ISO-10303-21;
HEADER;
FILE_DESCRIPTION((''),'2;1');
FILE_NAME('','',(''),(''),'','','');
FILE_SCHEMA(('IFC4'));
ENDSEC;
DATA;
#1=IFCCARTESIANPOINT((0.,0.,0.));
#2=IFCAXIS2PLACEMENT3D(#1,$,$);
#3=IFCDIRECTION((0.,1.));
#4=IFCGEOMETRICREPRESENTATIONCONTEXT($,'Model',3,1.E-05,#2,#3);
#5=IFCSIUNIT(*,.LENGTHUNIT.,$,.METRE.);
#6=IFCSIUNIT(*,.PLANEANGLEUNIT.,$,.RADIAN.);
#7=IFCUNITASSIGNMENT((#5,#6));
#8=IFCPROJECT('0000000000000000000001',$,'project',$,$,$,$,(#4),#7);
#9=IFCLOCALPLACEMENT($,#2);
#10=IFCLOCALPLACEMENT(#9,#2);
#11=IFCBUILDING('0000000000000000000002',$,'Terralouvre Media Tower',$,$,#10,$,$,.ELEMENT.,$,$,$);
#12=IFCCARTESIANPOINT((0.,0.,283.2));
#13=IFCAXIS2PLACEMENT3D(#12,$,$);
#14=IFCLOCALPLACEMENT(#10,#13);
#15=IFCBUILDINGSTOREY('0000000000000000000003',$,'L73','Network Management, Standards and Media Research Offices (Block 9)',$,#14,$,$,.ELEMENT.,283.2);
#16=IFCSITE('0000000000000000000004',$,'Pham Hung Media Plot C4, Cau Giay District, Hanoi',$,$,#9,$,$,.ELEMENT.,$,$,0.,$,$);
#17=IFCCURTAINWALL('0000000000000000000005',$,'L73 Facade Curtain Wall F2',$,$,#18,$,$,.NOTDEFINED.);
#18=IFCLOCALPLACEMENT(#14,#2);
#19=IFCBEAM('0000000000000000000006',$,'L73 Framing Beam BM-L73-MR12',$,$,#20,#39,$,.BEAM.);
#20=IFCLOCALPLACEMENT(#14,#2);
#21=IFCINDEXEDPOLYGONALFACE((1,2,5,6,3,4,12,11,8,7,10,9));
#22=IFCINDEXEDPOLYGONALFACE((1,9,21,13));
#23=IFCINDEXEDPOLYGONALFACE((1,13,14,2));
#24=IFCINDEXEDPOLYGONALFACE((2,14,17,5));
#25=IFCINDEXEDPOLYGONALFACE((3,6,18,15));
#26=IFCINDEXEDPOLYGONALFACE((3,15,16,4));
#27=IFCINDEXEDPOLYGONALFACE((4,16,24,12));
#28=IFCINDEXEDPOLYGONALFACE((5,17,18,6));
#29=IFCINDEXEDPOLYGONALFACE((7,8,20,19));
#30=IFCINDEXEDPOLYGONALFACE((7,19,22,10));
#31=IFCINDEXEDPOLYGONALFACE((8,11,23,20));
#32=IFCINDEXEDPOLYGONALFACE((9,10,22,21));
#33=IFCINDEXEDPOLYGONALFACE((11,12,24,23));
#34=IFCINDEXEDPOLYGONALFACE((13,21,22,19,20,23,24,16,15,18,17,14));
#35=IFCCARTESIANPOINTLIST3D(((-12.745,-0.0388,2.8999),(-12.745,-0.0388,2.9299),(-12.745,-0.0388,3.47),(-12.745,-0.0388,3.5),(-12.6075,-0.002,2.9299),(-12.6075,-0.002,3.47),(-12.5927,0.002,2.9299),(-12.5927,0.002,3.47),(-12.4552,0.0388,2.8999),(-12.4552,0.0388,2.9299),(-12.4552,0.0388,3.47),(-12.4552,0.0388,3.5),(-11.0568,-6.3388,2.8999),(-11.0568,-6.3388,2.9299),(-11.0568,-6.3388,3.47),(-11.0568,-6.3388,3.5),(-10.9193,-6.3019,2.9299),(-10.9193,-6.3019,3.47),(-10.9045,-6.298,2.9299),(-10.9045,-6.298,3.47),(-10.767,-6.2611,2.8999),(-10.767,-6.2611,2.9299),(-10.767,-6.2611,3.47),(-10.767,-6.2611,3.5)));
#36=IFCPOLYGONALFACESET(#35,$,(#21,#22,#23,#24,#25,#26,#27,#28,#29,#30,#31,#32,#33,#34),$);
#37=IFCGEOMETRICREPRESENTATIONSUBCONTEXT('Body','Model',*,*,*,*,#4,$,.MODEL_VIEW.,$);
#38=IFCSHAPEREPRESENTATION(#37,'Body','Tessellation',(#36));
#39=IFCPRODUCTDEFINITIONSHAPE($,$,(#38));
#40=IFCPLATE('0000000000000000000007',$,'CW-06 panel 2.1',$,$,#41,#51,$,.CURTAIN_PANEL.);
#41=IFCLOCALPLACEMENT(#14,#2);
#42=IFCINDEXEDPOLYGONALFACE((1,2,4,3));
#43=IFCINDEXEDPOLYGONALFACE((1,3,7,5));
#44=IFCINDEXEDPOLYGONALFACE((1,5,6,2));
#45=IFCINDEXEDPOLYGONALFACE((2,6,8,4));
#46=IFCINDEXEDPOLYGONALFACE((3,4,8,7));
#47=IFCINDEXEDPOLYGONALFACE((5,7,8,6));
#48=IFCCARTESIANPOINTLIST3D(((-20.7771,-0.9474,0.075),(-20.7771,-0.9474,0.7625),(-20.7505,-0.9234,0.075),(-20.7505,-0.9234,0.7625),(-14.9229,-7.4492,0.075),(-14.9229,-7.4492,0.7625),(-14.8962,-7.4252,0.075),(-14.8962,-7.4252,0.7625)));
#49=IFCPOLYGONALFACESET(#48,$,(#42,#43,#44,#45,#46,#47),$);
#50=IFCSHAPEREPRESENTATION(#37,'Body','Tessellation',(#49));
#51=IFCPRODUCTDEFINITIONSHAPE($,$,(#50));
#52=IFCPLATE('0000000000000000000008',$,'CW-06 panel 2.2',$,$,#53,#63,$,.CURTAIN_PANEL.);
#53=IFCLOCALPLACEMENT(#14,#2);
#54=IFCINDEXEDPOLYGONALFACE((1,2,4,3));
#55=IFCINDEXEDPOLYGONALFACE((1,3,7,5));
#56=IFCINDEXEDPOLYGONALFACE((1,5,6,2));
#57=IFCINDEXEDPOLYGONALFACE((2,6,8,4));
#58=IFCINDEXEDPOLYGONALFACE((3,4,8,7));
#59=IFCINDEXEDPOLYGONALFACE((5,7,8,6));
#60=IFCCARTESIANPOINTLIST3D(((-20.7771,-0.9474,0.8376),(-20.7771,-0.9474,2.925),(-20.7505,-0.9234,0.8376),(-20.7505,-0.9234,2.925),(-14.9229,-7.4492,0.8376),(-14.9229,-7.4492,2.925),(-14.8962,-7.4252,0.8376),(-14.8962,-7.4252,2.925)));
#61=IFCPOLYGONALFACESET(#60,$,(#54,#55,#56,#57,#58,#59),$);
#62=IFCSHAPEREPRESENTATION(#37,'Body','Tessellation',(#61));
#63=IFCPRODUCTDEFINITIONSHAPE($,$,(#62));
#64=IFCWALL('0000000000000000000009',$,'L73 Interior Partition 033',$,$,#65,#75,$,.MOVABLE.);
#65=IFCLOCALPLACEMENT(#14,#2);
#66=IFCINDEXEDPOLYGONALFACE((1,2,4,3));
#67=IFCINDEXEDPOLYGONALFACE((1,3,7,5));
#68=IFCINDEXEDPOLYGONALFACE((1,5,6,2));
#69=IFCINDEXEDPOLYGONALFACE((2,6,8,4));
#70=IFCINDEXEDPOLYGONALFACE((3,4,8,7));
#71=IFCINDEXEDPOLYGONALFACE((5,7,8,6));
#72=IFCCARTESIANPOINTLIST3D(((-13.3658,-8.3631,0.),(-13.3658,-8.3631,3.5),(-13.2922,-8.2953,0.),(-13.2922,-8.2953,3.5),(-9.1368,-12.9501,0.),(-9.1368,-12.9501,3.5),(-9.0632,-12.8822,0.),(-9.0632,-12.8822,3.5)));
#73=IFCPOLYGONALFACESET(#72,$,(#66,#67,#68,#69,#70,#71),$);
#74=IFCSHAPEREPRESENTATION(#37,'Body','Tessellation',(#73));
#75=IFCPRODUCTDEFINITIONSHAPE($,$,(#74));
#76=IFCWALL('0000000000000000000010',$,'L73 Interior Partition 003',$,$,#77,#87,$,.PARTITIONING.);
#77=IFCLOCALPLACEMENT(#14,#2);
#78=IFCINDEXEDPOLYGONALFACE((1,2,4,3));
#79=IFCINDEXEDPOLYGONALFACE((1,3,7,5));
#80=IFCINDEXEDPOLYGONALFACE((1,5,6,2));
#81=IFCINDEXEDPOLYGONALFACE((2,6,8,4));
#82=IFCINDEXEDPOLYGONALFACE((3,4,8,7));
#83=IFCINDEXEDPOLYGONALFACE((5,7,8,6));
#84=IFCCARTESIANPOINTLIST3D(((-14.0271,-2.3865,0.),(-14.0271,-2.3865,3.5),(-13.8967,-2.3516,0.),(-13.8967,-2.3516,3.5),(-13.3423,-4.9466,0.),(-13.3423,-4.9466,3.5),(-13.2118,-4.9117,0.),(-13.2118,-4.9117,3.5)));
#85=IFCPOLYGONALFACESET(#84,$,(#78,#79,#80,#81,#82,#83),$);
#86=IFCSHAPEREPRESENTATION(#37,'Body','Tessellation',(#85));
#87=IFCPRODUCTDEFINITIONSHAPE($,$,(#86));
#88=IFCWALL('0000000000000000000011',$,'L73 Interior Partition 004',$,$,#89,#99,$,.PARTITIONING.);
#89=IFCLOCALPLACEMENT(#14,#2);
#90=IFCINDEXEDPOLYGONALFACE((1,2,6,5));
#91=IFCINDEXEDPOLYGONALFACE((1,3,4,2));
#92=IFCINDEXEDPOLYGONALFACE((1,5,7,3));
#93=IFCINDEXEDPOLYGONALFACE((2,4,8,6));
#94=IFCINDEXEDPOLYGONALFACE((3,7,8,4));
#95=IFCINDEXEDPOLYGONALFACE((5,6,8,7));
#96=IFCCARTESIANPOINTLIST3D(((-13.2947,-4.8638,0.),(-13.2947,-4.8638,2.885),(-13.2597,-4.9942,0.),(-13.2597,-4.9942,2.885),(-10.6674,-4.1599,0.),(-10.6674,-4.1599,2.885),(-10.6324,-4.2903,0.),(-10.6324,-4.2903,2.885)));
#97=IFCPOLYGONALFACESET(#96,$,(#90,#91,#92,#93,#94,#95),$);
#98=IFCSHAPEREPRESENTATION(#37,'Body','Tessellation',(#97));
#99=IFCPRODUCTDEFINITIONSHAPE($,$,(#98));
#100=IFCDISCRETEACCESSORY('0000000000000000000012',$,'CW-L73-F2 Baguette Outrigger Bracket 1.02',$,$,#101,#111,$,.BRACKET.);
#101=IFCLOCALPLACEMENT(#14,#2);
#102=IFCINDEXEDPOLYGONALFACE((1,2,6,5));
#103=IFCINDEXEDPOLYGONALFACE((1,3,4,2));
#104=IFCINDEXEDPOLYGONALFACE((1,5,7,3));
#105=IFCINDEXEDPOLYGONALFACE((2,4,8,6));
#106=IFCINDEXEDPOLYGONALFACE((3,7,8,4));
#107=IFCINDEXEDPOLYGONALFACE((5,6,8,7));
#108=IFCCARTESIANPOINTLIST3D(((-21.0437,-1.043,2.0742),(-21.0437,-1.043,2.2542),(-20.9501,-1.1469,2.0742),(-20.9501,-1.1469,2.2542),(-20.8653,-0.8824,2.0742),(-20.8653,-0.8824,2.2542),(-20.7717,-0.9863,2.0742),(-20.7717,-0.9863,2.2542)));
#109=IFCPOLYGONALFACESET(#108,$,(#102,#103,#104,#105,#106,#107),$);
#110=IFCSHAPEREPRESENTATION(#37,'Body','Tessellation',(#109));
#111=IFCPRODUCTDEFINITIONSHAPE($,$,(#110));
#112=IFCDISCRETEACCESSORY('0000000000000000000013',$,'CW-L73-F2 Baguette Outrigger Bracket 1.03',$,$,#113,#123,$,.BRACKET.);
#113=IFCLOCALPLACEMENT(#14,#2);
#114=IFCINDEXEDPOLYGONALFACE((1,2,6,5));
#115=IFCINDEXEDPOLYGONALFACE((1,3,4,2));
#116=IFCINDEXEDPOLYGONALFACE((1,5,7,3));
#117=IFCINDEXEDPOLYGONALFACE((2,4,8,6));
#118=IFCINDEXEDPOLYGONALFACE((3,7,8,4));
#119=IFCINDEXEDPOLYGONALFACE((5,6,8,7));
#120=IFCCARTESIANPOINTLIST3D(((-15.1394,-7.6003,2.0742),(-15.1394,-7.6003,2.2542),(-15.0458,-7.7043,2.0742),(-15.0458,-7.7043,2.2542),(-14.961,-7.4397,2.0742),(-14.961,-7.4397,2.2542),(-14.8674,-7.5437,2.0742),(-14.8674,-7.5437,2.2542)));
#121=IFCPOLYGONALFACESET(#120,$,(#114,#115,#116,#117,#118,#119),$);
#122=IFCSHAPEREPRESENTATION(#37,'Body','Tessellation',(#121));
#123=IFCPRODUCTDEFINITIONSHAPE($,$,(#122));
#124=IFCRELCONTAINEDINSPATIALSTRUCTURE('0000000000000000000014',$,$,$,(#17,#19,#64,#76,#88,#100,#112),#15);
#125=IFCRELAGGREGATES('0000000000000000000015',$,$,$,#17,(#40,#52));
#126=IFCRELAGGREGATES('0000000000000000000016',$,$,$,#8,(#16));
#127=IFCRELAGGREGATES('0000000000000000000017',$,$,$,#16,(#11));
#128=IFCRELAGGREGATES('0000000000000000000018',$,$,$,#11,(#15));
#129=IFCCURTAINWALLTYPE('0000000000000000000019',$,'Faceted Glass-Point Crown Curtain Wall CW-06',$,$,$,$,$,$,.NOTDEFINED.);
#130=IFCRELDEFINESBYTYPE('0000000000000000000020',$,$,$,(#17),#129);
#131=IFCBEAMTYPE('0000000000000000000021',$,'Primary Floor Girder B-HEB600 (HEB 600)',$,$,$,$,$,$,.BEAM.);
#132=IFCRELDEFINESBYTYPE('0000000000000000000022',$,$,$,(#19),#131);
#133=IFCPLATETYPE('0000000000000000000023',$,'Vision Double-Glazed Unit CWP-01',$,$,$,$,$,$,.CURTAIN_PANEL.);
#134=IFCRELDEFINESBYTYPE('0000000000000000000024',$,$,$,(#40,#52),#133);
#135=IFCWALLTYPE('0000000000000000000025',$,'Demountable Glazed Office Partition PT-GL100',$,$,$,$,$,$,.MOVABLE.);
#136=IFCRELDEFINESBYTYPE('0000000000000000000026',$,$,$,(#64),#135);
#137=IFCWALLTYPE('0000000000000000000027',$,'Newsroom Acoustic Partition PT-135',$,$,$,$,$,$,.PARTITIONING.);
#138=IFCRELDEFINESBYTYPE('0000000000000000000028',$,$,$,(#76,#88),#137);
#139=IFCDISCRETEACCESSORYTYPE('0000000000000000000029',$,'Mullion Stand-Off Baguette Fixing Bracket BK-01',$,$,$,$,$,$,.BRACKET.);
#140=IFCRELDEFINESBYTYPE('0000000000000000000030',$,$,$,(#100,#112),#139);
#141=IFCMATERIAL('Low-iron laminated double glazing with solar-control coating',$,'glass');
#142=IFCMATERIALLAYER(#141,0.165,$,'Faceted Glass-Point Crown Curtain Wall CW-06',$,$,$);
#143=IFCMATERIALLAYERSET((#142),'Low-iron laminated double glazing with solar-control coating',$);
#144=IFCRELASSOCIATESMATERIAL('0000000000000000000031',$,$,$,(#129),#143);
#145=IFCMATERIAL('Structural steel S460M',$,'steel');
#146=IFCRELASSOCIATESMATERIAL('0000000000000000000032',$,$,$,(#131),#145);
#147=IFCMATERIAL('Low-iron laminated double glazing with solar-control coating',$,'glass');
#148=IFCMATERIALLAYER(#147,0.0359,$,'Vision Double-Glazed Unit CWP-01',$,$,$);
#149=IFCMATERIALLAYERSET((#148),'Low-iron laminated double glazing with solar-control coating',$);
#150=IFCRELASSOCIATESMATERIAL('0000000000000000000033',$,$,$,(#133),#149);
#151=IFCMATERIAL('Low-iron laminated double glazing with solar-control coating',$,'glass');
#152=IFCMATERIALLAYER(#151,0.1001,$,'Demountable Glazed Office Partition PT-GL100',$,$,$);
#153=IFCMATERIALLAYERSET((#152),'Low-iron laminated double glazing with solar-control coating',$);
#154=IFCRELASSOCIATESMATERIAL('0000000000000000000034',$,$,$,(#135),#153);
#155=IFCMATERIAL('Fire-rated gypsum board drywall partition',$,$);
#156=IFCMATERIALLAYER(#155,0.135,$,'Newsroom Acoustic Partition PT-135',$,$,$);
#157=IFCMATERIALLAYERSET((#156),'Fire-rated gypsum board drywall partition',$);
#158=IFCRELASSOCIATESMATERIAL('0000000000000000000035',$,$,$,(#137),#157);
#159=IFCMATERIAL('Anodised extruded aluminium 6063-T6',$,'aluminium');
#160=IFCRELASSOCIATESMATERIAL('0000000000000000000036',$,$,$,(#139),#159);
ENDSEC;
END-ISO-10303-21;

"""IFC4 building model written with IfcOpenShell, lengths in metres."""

from ifc_helpers import new_model, si_unit, direction, frame, frame_2d, origin, origin_2d, place, context, subcontext, project, spatial, rectangle, i_section, extrude, material, layer, layer_set, material_profile, profile_set, type_object, element, aggregate, save


model = new_model("IFC4")

# Units and contexts
model_context = context("Model", 3, precision=1e-05, world=origin(), true_north=direction((0.0, 1.0)))
body_context = subcontext(model_context, "Body", "Model", "MODEL_VIEW")
ifc_project = project(units=[si_unit("LENGTHUNIT", "METRE"), si_unit("PLANEANGLEUNIT", "RADIAN")], contexts=[model_context])

# Site, building, storey
site_placement = place(None, origin())
site = spatial("IfcSite", under=ifc_project, at=site_placement, Name="Pham Hung Media Plot C4, Cau Giay District, Hanoi", CompositionType="ELEMENT", RefElevation=0.0)
building_placement = place(site_placement, origin())
building = spatial("IfcBuilding", under=site, at=building_placement, Name="Terralouvre Media Tower", CompositionType="ELEMENT")
storey_placement = place(building_placement, frame((0.0, 0.0, 283.2)))
storey = spatial("IfcBuildingStorey", under=building, at=storey_placement, Name="L73", Description="Network Management, Standards and Media Research Offices (Block 9)", CompositionType="ELEMENT", Elevation=283.2)

# Curtain wall
ifc_material_1 = material(Name="Low-iron laminated double glazing with solar-control coating", Category="glass")
ifc_layer_1 = layer(ifc_material_1, 0.165, Name="Faceted Glass-Point Crown Curtain Wall CW-06")
ifc_layer_set_1 = layer_set([ifc_layer_1], Name="Low-iron laminated double glazing with solar-control coating")
curtain_wall_type = type_object("IfcCurtainWallType", Name="Faceted Glass-Point Crown Curtain Wall CW-06", PredefinedType="NOTDEFINED", material=ifc_layer_set_1)
curtain_wall_placement = place(storey_placement, origin())
curtain_wall = element("IfcCurtainWall", 1, at=curtain_wall_placement, inside=storey, type_object=curtain_wall_type, Name="L73 Facade Curtain Wall F2", PredefinedType="NOTDEFINED")

# Beam
ifc_material_2 = material(Name="Structural steel S460M", Category="steel")
ifc_material_profile_1 = material_profile(ifc_material_2, i_section(OverallWidth=0.3, OverallDepth=0.6001, WebThickness=0.0154, FlangeThickness=0.03, at=origin_2d()), Name="HEB 600")
ifc_profile_set_1 = profile_set([ifc_material_profile_1], Name="Structural steel S460M")
beam_type_1 = type_object("IfcBeamType", Name="Primary Floor Girder B-HEB600 (HEB 600)", PredefinedType="BEAM", material=ifc_profile_set_1)
beam_placement = place(storey_placement, frame((-12.6001, 0.0, 3.2), z_axis=(0.258839, -0.96592, 0.0), x_axis=(0.96592, 0.258839, 0.0)))
element("IfcBeam", 2, at=beam_placement, inside=storey, type_object=beam_type_1, Name="L73 Framing Beam BM-L73-MR12", PredefinedType="BEAM", context=body_context, shape_type="SweptSolid", body=[
    extrude(i_section(OverallWidth=0.3, OverallDepth=0.6001, WebThickness=0.0154, FlangeThickness=0.03, at=origin_2d()), origin(), (0.0, 0.0, 1.0), 6.5222),
])

# Plates
ifc_material_3 = material(Name="Low-iron laminated double glazing with solar-control coating", Category="glass")
ifc_layer_2 = layer(ifc_material_3, 0.0359, Name="Vision Double-Glazed Unit CWP-01")
ifc_layer_set_2 = layer_set([ifc_layer_2], Name="Low-iron laminated double glazing with solar-control coating")
plate_type = type_object("IfcPlateType", Name="Vision Double-Glazed Unit CWP-01", PredefinedType="CURTAIN_PANEL", material=ifc_layer_set_2)
plate_1_placement = place(storey_placement, frame((-17.8367, -4.1863, 0.075), z_axis=(0.0, 0.0, 1.0), x_axis=(0.669131, -0.743145, 0.0)))
plate_1 = element("IfcPlate", 3, at=plate_1_placement, type_object=plate_type, Name="CW-06 panel 2.1", PredefinedType="CURTAIN_PANEL", context=body_context, shape_type="SweptSolid", body=[
    extrude(rectangle(XDim=8.749, YDim=0.0359, at=origin_2d()), origin(), (0.0, 0.0, 1.0), 0.6875),
])
plate_2_placement = place(storey_placement, frame((-17.8367, -4.1863, 0.8376), z_axis=(0.0, 0.0, 1.0), x_axis=(0.669131, -0.743145, 0.0)))
plate_2 = element("IfcPlate", 4, at=plate_2_placement, type_object=plate_type, Name="CW-06 panel 2.2", PredefinedType="CURTAIN_PANEL", context=body_context, shape_type="SweptSolid", body=[
    extrude(rectangle(XDim=8.749, YDim=0.0359, at=origin_2d()), origin(), (0.0, 0.0, 1.0), 2.0874),
])
aggregate(curtain_wall, [plate_1, plate_2])

# Walls
ifc_material_4 = material(Name="Low-iron laminated double glazing with solar-control coating", Category="glass")
ifc_layer_3 = layer(ifc_material_4, 0.1001, Name="Demountable Glazed Office Partition PT-GL100")
ifc_layer_set_3 = layer_set([ifc_layer_3], Name="Low-iron laminated double glazing with solar-control coating")
wall_type_1 = type_object("IfcWallType", Name="Demountable Glazed Office Partition PT-GL100", PredefinedType="MOVABLE", material=ifc_layer_set_3)
wall_1_placement = place(storey_placement, frame((-13.3291, -8.3291, 0.0), z_axis=(0.0, 0.0, 1.0), x_axis=(0.677841, -0.735208, 0.0)))
element("IfcWall", 5, at=wall_1_placement, inside=storey, type_object=wall_type_1, Name="L73 Interior Partition 033", PredefinedType="MOVABLE", context=body_context, shape_type="SweptSolid", body=[
    extrude(rectangle(XDim=6.239, YDim=0.1001, at=frame_2d((3.1196, 0.0))), origin(), (0.0, 0.0, 1.0), 3.5),
])
ifc_material_5 = material(Name="Fire-rated gypsum board drywall partition")
ifc_layer_4 = layer(ifc_material_5, 0.135, Name="Newsroom Acoustic Partition PT-135")
ifc_layer_set_4 = layer_set([ifc_layer_4], Name="Fire-rated gypsum board drywall partition")
wall_type_2 = type_object("IfcWallType", Name="Newsroom Acoustic Partition PT-135", PredefinedType="PARTITIONING", material=ifc_layer_set_4)
wall_2_placement = place(storey_placement, frame((-13.9619, -2.3689, 0.0), z_axis=(0.0, 0.0, 1.0), x_axis=(0.258414, -0.966034, 0.0)))
element("IfcWall", 6, at=wall_2_placement, inside=storey, type_object=wall_type_2, Name="L73 Interior Partition 003", PredefinedType="PARTITIONING", context=body_context, shape_type="SweptSolid", body=[
    extrude(rectangle(XDim=2.6501, YDim=0.135, at=frame_2d((1.3252, 0.0))), origin(), (0.0, 0.0, 1.0), 3.5),
])
wall_3_placement = place(storey_placement, frame((-13.2771, -4.929, 0.0), z_axis=(0.0, 0.0, 1.0), x_axis=(0.965935, 0.258785, 0.0)))
element("IfcWall", 7, at=wall_3_placement, inside=storey, type_object=wall_type_2, Name="L73 Interior Partition 004", PredefinedType="PARTITIONING", context=body_context, shape_type="SweptSolid", body=[
    extrude(rectangle(XDim=2.72, YDim=0.135, at=frame_2d((1.3599, 0.0))), origin(), (0.0, 0.0, 1.0), 2.885),
])

# Discrete accessories
ifc_material_6 = material(Name="Anodised extruded aluminium 6063-T6", Category="aluminium")
discrete_accessory_type = type_object("IfcDiscreteAccessoryType", Name="Mullion Stand-Off Baguette Fixing Bracket BK-01", PredefinedType="BRACKET", material=ifc_material_6)
for number, where, z_axis, x_axis, name in (
    (8, (-20.9077, -1.0146, 2.0742), (0.0, 0.0, 1.0), (0.669131, -0.743145, 0.0), "CW-L73-F2 Baguette Outrigger Bracket 1.02"),
    (9, (-15.0034, -7.572, 2.0742), (0.0, 0.0, 1.0), (0.669131, -0.743145, 0.0), "CW-L73-F2 Baguette Outrigger Bracket 1.03"),
):
    element("IfcDiscreteAccessory", number, at=place(storey_placement, frame(where, z_axis=z_axis, x_axis=x_axis)), inside=storey, type_object=discrete_accessory_type, Name=name, PredefinedType="BRACKET", context=body_context, shape_type="SweptSolid", body=[
        extrude(rectangle(XDim=0.1399, YDim=0.24, at=origin_2d()), origin(), (0.0, 0.0, 1.0), 0.1799),
    ])

save(model, "model.ifc")
